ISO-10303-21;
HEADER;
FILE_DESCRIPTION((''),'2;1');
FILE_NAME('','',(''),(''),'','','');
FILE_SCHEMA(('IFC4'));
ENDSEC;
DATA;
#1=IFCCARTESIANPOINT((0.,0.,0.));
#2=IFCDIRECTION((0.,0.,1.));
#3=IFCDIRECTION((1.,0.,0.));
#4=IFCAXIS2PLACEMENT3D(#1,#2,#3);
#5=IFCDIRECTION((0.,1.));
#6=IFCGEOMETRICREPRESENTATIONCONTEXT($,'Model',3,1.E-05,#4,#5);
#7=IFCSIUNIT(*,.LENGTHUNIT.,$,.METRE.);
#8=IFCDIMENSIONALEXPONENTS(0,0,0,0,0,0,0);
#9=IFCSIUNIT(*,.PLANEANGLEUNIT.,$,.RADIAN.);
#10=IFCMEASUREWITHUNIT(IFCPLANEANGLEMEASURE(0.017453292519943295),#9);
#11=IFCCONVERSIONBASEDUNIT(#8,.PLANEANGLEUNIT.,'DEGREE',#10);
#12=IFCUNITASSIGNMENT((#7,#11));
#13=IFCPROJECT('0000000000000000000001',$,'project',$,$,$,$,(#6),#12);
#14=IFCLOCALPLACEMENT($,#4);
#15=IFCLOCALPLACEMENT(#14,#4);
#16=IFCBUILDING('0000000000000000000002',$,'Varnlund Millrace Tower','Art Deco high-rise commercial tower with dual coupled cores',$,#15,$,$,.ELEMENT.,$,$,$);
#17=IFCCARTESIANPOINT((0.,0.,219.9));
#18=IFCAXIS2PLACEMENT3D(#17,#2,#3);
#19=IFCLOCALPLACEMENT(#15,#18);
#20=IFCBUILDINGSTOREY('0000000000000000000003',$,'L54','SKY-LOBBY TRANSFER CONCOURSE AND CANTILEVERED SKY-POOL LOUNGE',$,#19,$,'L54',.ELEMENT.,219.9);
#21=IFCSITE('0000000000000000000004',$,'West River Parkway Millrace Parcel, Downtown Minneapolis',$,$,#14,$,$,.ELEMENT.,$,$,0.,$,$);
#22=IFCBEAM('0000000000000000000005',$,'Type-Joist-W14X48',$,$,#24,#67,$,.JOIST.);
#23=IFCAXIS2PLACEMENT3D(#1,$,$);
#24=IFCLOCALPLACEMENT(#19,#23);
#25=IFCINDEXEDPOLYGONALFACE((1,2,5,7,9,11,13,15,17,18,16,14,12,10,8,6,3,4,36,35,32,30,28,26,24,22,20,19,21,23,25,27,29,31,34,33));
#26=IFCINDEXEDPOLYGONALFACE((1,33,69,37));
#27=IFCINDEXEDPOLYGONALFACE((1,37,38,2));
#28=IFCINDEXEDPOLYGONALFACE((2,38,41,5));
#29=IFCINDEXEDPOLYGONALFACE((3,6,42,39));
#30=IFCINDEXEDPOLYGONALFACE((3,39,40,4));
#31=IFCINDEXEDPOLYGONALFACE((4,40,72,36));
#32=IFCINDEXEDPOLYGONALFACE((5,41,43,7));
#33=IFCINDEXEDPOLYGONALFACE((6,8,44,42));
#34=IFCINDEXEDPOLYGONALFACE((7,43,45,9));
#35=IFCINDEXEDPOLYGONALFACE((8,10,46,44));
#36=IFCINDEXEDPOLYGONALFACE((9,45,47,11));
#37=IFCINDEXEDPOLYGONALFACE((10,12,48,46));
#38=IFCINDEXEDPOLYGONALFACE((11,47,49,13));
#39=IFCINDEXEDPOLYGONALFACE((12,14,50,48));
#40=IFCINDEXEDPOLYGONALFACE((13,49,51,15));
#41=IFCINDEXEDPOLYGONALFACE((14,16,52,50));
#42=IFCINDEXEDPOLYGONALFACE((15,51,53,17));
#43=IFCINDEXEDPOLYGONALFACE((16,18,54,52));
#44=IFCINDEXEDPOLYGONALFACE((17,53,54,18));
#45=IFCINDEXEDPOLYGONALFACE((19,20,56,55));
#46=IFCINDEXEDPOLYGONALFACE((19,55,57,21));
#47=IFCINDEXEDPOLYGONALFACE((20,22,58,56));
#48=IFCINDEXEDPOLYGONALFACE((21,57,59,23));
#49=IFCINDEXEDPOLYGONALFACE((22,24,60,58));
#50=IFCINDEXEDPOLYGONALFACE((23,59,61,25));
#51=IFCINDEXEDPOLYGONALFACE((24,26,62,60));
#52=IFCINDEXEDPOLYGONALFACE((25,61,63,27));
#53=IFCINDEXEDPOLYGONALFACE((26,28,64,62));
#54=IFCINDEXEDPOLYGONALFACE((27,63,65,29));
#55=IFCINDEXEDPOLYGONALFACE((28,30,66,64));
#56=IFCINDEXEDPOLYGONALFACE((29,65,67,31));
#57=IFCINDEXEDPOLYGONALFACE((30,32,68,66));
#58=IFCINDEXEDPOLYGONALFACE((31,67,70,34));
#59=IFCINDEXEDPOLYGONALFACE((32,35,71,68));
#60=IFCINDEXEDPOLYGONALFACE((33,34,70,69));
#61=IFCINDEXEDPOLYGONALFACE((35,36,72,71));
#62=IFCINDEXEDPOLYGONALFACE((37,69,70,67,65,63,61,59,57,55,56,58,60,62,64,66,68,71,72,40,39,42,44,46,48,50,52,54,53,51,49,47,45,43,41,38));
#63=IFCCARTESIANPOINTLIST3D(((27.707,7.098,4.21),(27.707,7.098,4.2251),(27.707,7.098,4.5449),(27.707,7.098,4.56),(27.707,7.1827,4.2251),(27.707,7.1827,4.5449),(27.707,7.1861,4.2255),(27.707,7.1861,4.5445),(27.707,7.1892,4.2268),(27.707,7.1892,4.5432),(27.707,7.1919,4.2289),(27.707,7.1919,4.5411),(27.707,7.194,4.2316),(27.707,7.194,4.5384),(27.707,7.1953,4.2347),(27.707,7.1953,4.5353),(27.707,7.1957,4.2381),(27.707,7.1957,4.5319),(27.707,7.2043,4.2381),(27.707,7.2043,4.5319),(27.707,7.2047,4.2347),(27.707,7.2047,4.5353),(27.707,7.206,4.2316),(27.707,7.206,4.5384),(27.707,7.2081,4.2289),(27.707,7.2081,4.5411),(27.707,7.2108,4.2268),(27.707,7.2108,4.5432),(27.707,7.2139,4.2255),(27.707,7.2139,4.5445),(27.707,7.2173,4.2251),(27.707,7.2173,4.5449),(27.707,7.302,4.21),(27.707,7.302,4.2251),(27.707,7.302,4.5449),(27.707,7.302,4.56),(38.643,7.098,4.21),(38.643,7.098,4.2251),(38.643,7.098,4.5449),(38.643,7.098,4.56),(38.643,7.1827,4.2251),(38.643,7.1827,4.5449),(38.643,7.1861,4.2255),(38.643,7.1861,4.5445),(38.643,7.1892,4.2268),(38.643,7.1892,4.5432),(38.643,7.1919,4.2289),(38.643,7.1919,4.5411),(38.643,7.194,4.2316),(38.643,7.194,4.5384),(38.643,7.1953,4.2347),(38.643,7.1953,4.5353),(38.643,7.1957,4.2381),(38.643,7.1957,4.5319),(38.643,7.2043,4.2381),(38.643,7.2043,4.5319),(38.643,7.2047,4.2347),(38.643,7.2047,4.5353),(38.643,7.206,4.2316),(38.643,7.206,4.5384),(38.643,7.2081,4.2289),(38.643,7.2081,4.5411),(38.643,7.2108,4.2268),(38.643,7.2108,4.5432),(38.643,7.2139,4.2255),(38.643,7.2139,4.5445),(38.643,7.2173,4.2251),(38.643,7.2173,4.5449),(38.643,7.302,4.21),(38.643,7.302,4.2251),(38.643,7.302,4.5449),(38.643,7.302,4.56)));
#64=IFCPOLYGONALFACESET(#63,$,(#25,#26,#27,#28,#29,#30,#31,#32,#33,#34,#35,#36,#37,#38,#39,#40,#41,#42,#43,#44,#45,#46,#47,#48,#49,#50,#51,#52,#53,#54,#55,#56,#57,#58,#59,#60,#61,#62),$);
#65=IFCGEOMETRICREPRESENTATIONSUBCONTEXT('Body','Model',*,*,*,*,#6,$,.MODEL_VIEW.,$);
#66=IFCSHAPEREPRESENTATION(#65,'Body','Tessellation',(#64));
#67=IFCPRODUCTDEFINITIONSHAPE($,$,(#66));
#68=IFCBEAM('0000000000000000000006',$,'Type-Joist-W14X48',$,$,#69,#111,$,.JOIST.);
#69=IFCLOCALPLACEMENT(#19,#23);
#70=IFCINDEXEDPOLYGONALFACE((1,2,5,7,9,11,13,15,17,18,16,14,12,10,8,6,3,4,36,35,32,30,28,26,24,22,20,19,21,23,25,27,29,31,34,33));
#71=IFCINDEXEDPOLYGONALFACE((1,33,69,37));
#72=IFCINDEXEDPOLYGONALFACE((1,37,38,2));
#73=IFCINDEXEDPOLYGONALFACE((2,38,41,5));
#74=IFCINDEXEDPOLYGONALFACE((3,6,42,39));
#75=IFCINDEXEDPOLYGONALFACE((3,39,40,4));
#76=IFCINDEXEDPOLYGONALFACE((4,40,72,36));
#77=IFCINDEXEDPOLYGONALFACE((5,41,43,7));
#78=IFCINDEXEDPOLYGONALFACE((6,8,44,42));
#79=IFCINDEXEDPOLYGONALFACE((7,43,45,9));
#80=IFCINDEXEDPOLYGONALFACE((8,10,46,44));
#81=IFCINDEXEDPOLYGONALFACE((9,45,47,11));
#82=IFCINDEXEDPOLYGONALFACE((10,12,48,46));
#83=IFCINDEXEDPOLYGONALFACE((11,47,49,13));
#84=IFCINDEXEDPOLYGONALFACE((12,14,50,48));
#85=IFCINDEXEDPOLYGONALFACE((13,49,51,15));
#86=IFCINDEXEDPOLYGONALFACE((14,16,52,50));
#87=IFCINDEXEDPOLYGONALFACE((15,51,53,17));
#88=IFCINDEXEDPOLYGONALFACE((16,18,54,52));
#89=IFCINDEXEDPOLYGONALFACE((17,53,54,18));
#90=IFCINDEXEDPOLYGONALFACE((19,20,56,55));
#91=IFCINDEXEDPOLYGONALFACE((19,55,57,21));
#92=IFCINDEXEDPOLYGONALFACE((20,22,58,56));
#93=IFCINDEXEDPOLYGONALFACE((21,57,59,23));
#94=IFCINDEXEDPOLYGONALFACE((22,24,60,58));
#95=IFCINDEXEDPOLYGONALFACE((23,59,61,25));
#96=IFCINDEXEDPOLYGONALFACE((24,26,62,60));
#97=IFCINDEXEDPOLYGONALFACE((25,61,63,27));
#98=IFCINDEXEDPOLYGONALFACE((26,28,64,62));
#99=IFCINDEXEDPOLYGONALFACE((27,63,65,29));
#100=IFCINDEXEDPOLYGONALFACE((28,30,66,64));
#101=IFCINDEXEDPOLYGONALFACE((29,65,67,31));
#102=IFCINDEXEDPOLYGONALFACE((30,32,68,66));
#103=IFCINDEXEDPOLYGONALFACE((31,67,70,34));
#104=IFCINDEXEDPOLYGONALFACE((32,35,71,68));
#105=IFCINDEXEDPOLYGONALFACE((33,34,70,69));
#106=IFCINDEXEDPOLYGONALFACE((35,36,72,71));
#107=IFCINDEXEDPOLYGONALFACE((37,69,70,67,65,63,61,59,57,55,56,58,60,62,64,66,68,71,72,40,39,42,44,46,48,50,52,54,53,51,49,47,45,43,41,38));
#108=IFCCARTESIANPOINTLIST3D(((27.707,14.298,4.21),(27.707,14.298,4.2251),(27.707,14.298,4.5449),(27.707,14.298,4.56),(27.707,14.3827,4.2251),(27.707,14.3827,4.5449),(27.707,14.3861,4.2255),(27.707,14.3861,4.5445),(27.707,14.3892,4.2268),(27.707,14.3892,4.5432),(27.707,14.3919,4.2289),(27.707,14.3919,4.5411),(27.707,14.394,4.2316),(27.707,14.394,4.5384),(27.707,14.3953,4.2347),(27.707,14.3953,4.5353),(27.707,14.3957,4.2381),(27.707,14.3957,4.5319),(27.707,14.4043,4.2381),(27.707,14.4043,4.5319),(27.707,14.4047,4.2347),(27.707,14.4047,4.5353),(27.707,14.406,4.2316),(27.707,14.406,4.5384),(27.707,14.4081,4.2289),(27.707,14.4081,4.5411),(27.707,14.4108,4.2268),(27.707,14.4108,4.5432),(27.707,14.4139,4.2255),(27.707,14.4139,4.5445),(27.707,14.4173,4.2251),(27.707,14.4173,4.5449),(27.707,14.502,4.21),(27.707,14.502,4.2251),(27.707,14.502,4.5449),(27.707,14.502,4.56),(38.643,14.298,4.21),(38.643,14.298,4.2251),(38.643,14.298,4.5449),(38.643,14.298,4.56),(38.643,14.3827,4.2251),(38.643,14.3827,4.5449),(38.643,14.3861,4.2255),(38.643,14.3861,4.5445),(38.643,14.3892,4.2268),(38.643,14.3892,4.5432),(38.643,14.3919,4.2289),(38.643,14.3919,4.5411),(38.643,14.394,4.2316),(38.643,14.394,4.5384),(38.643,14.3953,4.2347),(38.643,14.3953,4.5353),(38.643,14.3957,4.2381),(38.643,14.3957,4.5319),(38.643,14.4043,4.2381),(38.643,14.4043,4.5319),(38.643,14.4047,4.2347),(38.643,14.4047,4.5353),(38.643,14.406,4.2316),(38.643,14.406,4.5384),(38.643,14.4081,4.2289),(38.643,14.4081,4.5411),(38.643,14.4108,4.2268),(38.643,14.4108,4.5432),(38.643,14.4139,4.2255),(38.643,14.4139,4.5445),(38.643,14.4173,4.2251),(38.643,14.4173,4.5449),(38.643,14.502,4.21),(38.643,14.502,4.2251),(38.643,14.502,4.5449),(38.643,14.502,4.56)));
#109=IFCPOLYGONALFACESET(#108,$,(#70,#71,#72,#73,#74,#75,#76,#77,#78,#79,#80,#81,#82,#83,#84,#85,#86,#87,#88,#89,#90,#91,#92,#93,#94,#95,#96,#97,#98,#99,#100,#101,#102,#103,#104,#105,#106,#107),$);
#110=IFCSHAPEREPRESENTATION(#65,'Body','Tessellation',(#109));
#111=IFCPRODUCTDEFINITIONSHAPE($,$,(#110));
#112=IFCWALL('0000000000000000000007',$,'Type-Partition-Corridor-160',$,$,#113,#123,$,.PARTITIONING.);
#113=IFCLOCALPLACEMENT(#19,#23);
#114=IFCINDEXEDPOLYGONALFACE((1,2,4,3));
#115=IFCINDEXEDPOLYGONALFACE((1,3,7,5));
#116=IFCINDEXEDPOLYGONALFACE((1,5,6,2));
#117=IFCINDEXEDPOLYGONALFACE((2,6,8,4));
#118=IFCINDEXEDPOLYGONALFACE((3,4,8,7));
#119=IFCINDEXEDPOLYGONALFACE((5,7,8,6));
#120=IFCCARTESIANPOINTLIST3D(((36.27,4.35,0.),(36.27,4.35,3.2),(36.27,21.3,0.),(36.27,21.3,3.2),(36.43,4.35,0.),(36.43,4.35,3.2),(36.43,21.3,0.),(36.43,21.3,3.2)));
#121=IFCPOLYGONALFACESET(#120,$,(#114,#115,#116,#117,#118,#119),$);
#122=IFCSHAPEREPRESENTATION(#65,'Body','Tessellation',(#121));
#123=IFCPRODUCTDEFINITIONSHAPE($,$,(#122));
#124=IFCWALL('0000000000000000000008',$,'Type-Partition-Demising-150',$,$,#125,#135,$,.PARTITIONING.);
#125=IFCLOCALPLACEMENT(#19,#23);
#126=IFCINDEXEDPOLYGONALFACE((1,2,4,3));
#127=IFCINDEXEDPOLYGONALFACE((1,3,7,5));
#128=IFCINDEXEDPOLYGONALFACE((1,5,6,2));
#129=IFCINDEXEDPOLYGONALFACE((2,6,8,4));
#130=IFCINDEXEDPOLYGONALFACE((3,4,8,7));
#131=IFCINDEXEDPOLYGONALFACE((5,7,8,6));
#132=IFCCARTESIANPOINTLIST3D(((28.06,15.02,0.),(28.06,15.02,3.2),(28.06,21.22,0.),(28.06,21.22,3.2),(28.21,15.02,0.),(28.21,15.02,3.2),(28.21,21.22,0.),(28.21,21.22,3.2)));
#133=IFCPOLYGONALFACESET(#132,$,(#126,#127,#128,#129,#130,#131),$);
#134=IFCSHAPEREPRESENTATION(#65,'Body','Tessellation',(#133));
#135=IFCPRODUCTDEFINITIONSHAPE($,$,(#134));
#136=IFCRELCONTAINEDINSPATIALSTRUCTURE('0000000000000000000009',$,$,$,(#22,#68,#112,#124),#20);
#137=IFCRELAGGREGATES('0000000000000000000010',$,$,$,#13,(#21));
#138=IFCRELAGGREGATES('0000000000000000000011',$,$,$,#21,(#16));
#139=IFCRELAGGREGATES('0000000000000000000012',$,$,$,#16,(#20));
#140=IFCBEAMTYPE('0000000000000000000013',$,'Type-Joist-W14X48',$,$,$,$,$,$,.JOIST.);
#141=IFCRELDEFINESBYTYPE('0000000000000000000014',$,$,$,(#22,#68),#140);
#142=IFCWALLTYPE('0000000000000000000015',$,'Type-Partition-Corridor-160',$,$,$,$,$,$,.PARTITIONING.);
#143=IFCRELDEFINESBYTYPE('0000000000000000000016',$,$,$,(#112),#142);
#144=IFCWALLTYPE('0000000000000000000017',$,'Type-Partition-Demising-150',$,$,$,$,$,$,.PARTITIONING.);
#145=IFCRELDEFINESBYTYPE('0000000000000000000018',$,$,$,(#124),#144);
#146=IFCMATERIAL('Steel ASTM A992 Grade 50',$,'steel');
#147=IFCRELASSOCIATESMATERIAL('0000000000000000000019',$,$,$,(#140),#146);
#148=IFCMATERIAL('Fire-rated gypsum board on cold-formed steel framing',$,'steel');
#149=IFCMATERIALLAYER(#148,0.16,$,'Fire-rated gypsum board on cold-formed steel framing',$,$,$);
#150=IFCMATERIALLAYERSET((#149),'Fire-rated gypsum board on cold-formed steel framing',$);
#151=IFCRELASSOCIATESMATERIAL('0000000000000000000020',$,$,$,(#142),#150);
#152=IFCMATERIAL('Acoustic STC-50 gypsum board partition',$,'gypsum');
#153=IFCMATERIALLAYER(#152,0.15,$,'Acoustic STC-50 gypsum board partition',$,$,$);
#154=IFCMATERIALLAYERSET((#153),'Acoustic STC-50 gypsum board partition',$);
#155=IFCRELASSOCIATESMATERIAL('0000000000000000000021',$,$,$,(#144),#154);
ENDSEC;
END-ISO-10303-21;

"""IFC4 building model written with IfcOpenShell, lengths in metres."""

from ifc_helpers import new_model, entity, si_unit, converted_unit, direction, frame, origin_with_axes, origin_2d_with_axis, place, context, subcontext, project, spatial, polyline, i_section, outline, extrude, material, layer, layer_set, material_profile, profile_set, type_object, element, save


model = new_model("IFC4")

# Units and contexts
model_context = context("Model", 3, precision=1e-05, world=origin_with_axes(), true_north=direction((0.0, 1.0)))
body_context = subcontext(model_context, "Body", "Model", "MODEL_VIEW")
ifc_project = project(units=[si_unit("LENGTHUNIT", "METRE"), converted_unit("PLANEANGLEUNIT", "DEGREE", entity("IfcPlaneAngleMeasure", 0.017453292519943295), si_unit("PLANEANGLEUNIT", "RADIAN"), dimensions=[0, 0, 0, 0, 0, 0, 0])], contexts=[model_context])

# Site, building, storey
site_placement = place(None, origin_with_axes())
site = spatial("IfcSite", under=ifc_project, at=site_placement, Name="West River Parkway Millrace Parcel, Downtown Minneapolis", CompositionType="ELEMENT", RefElevation=0.0)
building_placement = place(site_placement, origin_with_axes())
building = spatial("IfcBuilding", under=site, at=building_placement, Name="Varnlund Millrace Tower", Description="Art Deco high-rise commercial tower with dual coupled cores", CompositionType="ELEMENT")
storey_placement = place(building_placement, frame((0.0, 0.0, 219.9), z_axis=(0.0, 0.0, 1.0), x_axis=(1.0, 0.0, 0.0)))
storey = spatial("IfcBuildingStorey", under=building, at=storey_placement, Name="L54", Description="SKY-LOBBY TRANSFER CONCOURSE AND CANTILEVERED SKY-POOL LOUNGE", LongName="L54", CompositionType="ELEMENT", Elevation=219.9)

# Beams
ifc_material_1 = material(Name="Steel ASTM A992 Grade 50", Category="steel")
ifc_material_profile_1 = material_profile(ifc_material_1, i_section(OverallWidth=0.204, OverallDepth=0.35, WebThickness=0.0086, FlangeThickness=0.0151, FilletRadius=0.013, at=origin_2d_with_axis()), Name="Steel ASTM A992 Grade 50")
ifc_profile_set_1 = profile_set([ifc_material_profile_1], Name="Steel ASTM A992 Grade 50")
beam_type_1 = type_object("IfcBeamType", Name="Type-Joist-W14X48", PredefinedType="JOIST", material=ifc_profile_set_1)
for number, where, z_axis, x_axis, name in (
    (1, (27.707, 7.2, 4.385), (1.0, 0.0, 0.0), (0.0, 1.0, 0.0), "Type-Joist-W14X48"),
    (2, (27.707, 14.4, 4.385), (1.0, 0.0, 0.0), (0.0, 1.0, 0.0), "Type-Joist-W14X48"),
):
    element("IfcBeam", number, at=place(storey_placement, frame(where, z_axis=z_axis, x_axis=x_axis)), inside=storey, type_object=beam_type_1, Name=name, PredefinedType="JOIST", context=body_context, shape_type="SweptSolid", body=[
        extrude(i_section(OverallWidth=0.204, OverallDepth=0.35, WebThickness=0.0086, FlangeThickness=0.0151, FilletRadius=0.013, at=origin_2d_with_axis()), origin_with_axes(), (0.0, 0.0, 1.0), 10.936),
    ])

# Walls
ifc_material_2 = material(Name="Fire-rated gypsum board on cold-formed steel framing", Category="steel")
ifc_layer_1 = layer(ifc_material_2, 0.16, Name="Fire-rated gypsum board on cold-formed steel framing")
ifc_layer_set_1 = layer_set([ifc_layer_1], Name="Fire-rated gypsum board on cold-formed steel framing")
wall_type_1 = type_object("IfcWallType", Name="Type-Partition-Corridor-160", PredefinedType="PARTITIONING", material=ifc_layer_set_1)
wall_1_placement = place(storey_placement, frame((36.35, 4.35, 0.0), z_axis=(0.0, 0.0, 1.0), x_axis=(0.0, 1.0, 0.0)))
element("IfcWall", 3, at=wall_1_placement, inside=storey, type_object=wall_type_1, Name="Type-Partition-Corridor-160", PredefinedType="PARTITIONING", context=body_context, shape_type="SweptSolid", body=[
    extrude(outline(polyline([(0.0, -0.08), (16.95, -0.08), (16.95, 0.08), (0.0, 0.08), (0.0, -0.08)])), origin_with_axes(), (0.0, 0.0, 1.0), 3.2),
])
ifc_material_3 = material(Name="Acoustic STC-50 gypsum board partition", Category="gypsum")
ifc_layer_2 = layer(ifc_material_3, 0.15, Name="Acoustic STC-50 gypsum board partition")
ifc_layer_set_2 = layer_set([ifc_layer_2], Name="Acoustic STC-50 gypsum board partition")
wall_type_2 = type_object("IfcWallType", Name="Type-Partition-Demising-150", PredefinedType="PARTITIONING", material=ifc_layer_set_2)
wall_2_placement = place(storey_placement, frame((28.135, 15.02, 0.0), z_axis=(0.0, 0.0, 1.0), x_axis=(0.0, 1.0, 0.0)))
element("IfcWall", 4, at=wall_2_placement, inside=storey, type_object=wall_type_2, Name="Type-Partition-Demising-150", PredefinedType="PARTITIONING", context=body_context, shape_type="SweptSolid", body=[
    extrude(outline(polyline([(0.0, -0.075), (6.2, -0.075), (6.2, 0.075), (0.0, 0.075), (0.0, -0.075)])), origin_with_axes(), (0.0, 0.0, 1.0), 3.2),
])

save(model, "model.ifc")
